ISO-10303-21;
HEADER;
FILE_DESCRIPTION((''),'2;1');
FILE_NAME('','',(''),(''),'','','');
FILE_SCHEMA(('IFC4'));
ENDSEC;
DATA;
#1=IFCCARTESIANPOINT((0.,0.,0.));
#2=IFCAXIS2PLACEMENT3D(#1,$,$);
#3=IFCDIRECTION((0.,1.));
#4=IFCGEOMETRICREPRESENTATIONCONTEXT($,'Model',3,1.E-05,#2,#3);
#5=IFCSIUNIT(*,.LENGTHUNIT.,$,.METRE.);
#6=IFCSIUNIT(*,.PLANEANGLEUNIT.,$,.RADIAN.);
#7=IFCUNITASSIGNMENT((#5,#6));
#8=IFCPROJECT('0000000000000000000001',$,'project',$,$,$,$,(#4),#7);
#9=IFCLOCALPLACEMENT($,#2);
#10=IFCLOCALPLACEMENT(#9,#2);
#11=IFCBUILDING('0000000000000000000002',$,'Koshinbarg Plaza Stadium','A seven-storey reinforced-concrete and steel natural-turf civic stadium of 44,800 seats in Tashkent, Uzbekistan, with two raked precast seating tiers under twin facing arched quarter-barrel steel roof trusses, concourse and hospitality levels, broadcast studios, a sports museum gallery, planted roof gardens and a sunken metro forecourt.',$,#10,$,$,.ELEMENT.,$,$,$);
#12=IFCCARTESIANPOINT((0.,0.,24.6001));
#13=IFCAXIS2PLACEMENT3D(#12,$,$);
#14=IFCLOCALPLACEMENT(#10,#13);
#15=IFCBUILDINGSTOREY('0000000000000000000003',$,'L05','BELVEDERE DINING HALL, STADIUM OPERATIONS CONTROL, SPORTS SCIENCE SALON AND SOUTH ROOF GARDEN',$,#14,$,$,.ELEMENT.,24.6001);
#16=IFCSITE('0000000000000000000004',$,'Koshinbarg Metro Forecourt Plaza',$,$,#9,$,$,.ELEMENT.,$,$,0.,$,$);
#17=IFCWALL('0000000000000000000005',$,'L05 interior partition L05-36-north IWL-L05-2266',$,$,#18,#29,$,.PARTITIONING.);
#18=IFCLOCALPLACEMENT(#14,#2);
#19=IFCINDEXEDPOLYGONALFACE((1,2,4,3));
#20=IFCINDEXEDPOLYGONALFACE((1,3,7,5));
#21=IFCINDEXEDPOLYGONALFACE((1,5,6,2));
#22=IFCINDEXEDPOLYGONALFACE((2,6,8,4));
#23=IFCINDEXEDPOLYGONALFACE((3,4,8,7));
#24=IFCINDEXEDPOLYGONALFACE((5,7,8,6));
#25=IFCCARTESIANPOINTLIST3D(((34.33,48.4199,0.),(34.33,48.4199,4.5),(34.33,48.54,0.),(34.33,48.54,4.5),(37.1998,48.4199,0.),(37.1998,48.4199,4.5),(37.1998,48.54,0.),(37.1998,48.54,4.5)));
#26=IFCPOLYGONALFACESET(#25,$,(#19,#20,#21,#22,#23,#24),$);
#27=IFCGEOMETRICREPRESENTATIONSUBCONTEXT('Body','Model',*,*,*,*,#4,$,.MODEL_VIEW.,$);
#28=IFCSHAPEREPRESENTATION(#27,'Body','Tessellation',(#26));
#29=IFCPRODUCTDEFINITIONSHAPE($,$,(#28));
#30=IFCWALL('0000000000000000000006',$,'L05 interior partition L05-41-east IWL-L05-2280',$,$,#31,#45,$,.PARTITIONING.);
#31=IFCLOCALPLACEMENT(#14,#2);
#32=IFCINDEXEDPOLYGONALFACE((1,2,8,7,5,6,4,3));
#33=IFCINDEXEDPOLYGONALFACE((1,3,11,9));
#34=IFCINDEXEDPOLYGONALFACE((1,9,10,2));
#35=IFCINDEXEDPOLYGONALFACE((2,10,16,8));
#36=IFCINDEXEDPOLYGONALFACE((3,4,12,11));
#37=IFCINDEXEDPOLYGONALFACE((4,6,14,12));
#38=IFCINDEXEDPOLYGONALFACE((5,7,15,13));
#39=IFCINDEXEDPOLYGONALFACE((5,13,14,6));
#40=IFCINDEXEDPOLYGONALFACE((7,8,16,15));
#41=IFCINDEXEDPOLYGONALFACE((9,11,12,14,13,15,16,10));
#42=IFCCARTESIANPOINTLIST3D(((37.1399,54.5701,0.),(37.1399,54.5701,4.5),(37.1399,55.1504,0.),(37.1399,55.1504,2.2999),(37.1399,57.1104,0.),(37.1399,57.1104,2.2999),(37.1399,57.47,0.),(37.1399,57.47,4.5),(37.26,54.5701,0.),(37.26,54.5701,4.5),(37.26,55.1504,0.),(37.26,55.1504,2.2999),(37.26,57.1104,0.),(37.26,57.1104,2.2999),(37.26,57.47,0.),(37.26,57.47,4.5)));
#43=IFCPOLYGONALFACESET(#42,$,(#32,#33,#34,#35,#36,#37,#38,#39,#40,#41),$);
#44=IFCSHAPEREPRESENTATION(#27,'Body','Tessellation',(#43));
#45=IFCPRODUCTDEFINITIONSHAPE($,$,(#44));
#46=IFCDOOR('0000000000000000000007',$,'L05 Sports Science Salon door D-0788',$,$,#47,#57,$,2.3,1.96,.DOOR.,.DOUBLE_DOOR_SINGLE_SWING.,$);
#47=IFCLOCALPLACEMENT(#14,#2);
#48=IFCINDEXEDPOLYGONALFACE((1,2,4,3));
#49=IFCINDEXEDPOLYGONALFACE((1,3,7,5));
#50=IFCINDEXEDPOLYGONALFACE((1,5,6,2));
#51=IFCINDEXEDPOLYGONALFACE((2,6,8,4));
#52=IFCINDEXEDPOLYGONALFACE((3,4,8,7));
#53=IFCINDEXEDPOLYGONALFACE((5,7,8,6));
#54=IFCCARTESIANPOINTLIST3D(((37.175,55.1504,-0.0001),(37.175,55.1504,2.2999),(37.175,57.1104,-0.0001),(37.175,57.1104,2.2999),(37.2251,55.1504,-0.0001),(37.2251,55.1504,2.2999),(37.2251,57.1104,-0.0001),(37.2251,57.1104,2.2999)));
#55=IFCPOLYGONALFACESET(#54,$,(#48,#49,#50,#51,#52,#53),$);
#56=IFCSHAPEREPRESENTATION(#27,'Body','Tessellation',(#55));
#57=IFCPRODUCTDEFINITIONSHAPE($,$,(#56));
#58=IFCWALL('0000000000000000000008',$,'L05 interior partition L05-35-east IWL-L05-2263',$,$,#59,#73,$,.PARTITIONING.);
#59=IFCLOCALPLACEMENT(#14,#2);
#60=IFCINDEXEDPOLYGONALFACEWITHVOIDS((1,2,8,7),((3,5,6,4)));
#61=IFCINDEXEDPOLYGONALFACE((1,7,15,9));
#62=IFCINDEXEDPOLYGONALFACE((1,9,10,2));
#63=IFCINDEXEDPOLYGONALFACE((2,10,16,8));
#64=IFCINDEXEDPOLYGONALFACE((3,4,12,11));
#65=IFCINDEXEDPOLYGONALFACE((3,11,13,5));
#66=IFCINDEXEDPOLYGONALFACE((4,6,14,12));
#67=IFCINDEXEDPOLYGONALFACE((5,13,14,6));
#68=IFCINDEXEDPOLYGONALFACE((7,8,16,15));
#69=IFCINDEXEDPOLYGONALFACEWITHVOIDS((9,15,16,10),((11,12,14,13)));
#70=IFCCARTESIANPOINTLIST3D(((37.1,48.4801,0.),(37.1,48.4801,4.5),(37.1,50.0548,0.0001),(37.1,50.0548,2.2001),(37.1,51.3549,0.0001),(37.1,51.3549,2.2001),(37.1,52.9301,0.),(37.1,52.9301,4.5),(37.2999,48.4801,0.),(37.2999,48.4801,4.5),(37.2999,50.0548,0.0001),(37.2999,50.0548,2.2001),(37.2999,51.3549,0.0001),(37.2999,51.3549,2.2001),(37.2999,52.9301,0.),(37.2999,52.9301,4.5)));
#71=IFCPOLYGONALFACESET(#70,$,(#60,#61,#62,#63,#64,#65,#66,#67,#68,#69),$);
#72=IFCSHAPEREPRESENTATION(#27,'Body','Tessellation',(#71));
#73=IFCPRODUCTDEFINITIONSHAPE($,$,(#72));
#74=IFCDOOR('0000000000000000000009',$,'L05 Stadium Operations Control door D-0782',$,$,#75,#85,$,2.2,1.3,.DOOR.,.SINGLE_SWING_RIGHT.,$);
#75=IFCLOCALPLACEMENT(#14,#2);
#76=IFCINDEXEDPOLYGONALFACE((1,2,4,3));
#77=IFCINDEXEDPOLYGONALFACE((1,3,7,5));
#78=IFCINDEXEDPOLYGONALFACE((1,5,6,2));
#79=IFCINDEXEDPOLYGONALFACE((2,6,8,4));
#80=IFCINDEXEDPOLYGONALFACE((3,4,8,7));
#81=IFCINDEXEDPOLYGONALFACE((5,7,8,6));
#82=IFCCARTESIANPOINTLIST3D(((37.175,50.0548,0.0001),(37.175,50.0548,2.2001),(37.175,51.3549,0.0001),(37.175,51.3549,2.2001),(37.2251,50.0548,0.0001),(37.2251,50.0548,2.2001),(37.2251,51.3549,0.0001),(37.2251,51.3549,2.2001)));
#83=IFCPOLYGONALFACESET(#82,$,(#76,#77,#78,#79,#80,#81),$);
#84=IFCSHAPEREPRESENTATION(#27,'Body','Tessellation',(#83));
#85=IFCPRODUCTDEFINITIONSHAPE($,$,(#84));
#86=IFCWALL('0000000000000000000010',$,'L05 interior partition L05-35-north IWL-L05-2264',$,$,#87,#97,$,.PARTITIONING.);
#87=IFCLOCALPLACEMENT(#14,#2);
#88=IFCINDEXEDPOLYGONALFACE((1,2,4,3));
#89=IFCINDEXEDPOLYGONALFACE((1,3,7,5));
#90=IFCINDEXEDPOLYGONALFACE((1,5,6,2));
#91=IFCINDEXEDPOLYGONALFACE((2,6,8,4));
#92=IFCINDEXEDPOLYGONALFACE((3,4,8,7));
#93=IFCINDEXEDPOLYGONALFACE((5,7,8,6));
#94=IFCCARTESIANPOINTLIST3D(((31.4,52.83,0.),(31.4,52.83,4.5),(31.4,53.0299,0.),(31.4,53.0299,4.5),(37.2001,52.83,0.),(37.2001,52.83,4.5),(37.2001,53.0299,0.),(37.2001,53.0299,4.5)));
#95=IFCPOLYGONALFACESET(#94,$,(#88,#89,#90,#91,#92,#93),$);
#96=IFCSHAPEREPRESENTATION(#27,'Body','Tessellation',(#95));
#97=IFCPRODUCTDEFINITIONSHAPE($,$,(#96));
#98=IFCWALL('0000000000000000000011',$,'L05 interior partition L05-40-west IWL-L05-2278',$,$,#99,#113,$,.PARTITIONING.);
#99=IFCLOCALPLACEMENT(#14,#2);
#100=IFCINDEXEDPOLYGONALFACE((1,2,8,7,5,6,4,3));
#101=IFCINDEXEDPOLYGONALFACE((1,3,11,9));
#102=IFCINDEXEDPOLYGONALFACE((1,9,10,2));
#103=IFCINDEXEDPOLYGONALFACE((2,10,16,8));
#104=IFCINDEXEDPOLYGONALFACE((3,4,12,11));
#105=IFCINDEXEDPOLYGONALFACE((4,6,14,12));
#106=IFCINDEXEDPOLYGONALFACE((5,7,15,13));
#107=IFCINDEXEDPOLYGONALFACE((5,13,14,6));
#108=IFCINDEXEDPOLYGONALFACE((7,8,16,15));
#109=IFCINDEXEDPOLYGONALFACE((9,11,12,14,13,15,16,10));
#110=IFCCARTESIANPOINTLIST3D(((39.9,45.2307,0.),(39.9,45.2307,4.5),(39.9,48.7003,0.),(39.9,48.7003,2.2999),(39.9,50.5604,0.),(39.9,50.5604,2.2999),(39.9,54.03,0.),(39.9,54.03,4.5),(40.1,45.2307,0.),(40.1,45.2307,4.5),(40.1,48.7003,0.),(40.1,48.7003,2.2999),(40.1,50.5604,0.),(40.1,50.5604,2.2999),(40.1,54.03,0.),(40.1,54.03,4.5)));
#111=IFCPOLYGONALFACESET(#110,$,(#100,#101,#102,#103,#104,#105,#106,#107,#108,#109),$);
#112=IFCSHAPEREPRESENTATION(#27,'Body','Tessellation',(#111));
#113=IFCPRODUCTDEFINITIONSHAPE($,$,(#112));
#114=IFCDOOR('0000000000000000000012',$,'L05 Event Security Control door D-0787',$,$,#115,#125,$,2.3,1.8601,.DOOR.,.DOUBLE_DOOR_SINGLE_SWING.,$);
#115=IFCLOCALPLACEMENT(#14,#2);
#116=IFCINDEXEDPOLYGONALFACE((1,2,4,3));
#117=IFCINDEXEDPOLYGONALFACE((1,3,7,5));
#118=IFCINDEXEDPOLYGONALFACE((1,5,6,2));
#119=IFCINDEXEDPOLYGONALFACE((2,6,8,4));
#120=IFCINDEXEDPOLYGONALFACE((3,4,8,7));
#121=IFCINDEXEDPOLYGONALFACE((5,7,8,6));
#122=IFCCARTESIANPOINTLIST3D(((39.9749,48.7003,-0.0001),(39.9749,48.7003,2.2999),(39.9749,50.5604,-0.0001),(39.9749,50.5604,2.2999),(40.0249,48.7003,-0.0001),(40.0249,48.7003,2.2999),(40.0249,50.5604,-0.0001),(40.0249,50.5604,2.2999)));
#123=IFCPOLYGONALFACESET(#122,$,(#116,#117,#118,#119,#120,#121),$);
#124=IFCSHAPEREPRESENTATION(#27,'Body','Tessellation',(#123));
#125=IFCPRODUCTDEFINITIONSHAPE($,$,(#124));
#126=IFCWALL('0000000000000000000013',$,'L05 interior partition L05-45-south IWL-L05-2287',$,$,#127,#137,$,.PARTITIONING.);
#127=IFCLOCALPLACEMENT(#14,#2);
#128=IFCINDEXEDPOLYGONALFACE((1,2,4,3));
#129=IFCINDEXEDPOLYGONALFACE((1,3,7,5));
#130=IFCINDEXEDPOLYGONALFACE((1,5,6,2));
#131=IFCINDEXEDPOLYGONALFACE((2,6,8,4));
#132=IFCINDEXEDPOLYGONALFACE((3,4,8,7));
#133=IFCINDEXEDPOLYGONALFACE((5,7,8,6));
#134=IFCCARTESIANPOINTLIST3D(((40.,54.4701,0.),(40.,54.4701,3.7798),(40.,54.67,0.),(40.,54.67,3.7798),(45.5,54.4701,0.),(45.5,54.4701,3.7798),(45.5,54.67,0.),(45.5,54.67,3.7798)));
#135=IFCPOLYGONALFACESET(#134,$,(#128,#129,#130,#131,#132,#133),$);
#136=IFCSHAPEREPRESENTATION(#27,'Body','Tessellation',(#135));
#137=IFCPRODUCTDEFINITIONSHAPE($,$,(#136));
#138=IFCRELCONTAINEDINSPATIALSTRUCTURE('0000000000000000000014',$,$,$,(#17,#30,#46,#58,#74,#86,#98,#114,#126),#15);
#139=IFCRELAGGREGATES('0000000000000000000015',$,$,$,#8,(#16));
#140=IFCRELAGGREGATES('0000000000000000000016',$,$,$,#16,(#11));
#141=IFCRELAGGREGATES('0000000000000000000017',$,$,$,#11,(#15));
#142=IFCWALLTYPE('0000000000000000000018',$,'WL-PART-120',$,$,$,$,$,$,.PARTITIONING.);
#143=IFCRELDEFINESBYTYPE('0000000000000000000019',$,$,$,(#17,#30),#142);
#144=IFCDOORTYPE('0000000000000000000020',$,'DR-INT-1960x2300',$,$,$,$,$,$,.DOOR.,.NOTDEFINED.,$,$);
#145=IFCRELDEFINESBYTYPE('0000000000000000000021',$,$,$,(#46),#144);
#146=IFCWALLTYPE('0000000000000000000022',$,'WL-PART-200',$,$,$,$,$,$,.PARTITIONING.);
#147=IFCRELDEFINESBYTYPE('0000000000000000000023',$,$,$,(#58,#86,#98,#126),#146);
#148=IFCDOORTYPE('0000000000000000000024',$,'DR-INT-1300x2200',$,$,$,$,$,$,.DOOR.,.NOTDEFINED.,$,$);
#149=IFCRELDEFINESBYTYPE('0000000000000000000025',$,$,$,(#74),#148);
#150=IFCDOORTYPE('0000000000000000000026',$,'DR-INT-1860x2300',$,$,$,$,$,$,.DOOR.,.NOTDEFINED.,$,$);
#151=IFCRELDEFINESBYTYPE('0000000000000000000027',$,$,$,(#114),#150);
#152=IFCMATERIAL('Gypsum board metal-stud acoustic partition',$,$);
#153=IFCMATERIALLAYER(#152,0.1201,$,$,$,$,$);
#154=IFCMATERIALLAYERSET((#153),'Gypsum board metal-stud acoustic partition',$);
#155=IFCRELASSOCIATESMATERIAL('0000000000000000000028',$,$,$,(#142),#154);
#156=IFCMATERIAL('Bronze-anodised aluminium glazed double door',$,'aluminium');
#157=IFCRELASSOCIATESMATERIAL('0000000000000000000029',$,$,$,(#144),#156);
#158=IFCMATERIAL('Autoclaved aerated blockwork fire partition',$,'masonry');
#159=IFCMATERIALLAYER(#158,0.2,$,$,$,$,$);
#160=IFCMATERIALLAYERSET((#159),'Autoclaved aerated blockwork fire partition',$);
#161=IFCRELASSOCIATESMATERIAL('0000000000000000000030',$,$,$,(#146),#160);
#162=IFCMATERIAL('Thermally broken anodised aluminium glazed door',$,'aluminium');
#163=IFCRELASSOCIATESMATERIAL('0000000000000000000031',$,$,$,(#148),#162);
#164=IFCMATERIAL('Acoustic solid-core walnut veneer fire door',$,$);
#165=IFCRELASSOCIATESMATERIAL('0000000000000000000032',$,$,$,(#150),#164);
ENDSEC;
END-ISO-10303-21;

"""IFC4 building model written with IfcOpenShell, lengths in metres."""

from ifc_helpers import new_model, si_unit, direction, frame, frame_2d, origin, place, context, subcontext, project, spatial, rectangle, extrude, material, layer, layer_set, type_object, element, fill, save


model = new_model("IFC4")

# Units and contexts
model_context = context("Model", 3, precision=1e-05, world=origin(), true_north=direction((0.0, 1.0)))
body_context = subcontext(model_context, "Body", "Model", "MODEL_VIEW")
ifc_project = project(units=[si_unit("LENGTHUNIT", "METRE"), si_unit("PLANEANGLEUNIT", "RADIAN")], contexts=[model_context])

# Site, building, storey
site_placement = place(None, origin())
site = spatial("IfcSite", under=ifc_project, at=site_placement, Name="Koshinbarg Metro Forecourt Plaza", CompositionType="ELEMENT", RefElevation=0.0)
building_placement = place(site_placement, origin())
building = spatial("IfcBuilding", under=site, at=building_placement, Name="Koshinbarg Plaza Stadium", Description="A seven-storey reinforced-concrete and steel natural-turf civic stadium of 44,800 seats in Tashkent, Uzbekistan, with two raked precast seating tiers under twin facing arched quarter-barrel steel roof trusses, concourse and hospitality levels, broadcast studios, a sports museum gallery, planted roof gardens and a sunken metro forecourt.", CompositionType="ELEMENT")
storey_placement = place(building_placement, frame((0.0, 0.0, 24.6001)))
storey = spatial("IfcBuildingStorey", under=building, at=storey_placement, Name="L05", Description="BELVEDERE DINING HALL, STADIUM OPERATIONS CONTROL, SPORTS SCIENCE SALON AND SOUTH ROOF GARDEN", CompositionType="ELEMENT", Elevation=24.6001)

# Wall
ifc_material_1 = material(Name="Gypsum board metal-stud acoustic partition")
ifc_layer_1 = layer(ifc_material_1, 0.1201)
ifc_layer_set_1 = layer_set([ifc_layer_1], Name="Gypsum board metal-stud acoustic partition")
wall_type_1 = type_object("IfcWallType", Name="WL-PART-120", PredefinedType="PARTITIONING", material=ifc_layer_set_1)
wall_1_placement = place(storey_placement, frame((37.2, 48.48, 0.0), z_axis=(0.0, 0.0, 1.0), x_axis=(-1.0, 0.0, 0.0)))
element("IfcWall", 1, at=wall_1_placement, inside=storey, type_object=wall_type_1, Name="L05 interior partition L05-36-north IWL-L05-2266", PredefinedType="PARTITIONING", context=body_context, shape_type="SweptSolid", body=[
    extrude(rectangle(XDim=2.8699, YDim=0.1201, at=frame_2d((1.4351, 0.0))), origin(), (0.0, 0.0, 1.0), 4.5),
])

# Walls, openings, doors
wall_2_placement = place(storey_placement, frame((37.2, 54.5701, 0.0), z_axis=(0.0, 0.0, 1.0), x_axis=(0.0, 1.0, 0.0)))
wall_2 = element("IfcWall", 2, at=wall_2_placement, inside=storey, type_object=wall_type_1, Name="L05 interior partition L05-41-east IWL-L05-2280", PredefinedType="PARTITIONING", context=body_context, shape_type="SweptSolid", body=[
    extrude(rectangle(XDim=2.8999, YDim=0.1201, at=frame_2d((1.45, 0.0))), origin(), (0.0, 0.0, 1.0), 4.5),
])
opening_1_placement = place(wall_2_placement, frame((0.5803, 0.0, 0.0)))
opening_1 = element("IfcOpeningElement", 3, at=opening_1_placement, cuts=wall_2, PredefinedType="OPENING", context=body_context, shape_type="SweptSolid", body=[
    extrude(rectangle(XDim=1.96, YDim=2.3, at=frame_2d((0.98, 1.1499))), frame((0.0, 0.0701, 0.0), z_axis=(0.0, -1.0, 0.0), x_axis=(1.0, 0.0, 0.0)), (0.0, 0.0, 1.0), 0.1401),
])
ifc_material_2 = material(Name="Bronze-anodised aluminium glazed double door", Category="aluminium")
door_type_1 = type_object("IfcDoorType", Name="DR-INT-1960x2300", OperationType="NOTDEFINED", PredefinedType="DOOR", material=ifc_material_2)
door_1_placement = place(opening_1_placement, origin())
door_1 = element("IfcDoor", 4, at=door_1_placement, inside=storey, type_object=door_type_1, Name="L05 Sports Science Salon door D-0788", OperationType="DOUBLE_DOOR_SINGLE_SWING", OverallHeight=2.3, OverallWidth=1.96, PredefinedType="DOOR", context=body_context, shape_type="SweptSolid", body=[
    extrude(rectangle(XDim=1.96, YDim=2.3, at=frame_2d((0.98, 1.1499))), frame((0.0, 0.0249, 0.0), z_axis=(0.0, -1.0, 0.0), x_axis=(1.0, 0.0, 0.0)), (0.0, 0.0, 1.0), 0.05),
])
fill(opening_1, door_1)
ifc_material_3 = material(Name="Autoclaved aerated blockwork fire partition", Category="masonry")
ifc_layer_2 = layer(ifc_material_3, 0.2)
ifc_layer_set_2 = layer_set([ifc_layer_2], Name="Autoclaved aerated blockwork fire partition")
wall_type_2 = type_object("IfcWallType", Name="WL-PART-200", PredefinedType="PARTITIONING", material=ifc_layer_set_2)
wall_3_placement = place(storey_placement, frame((37.2, 48.48, 0.0), z_axis=(0.0, 0.0, 1.0), x_axis=(0.0, 1.0, 0.0)))
wall_3 = element("IfcWall", 5, at=wall_3_placement, inside=storey, type_object=wall_type_2, Name="L05 interior partition L05-35-east IWL-L05-2263", PredefinedType="PARTITIONING", context=body_context, shape_type="SweptSolid", body=[
    extrude(rectangle(XDim=4.45, YDim=0.2, at=frame_2d((2.2251, 0.0))), origin(), (0.0, 0.0, 1.0), 4.5),
])
opening_2_placement = place(wall_3_placement, frame((1.575, 0.0, 0.0)))
opening_2 = element("IfcOpeningElement", 6, at=opening_2_placement, cuts=wall_3, PredefinedType="OPENING", context=body_context, shape_type="SweptSolid", body=[
    extrude(rectangle(XDim=1.3, YDim=2.2, at=frame_2d((0.6499, 1.1001))), frame((0.0, 0.1099, 0.0), z_axis=(0.0, -1.0, 0.0), x_axis=(1.0, 0.0, 0.0)), (0.0, 0.0, 1.0), 0.22),
])
ifc_material_4 = material(Name="Thermally broken anodised aluminium glazed door", Category="aluminium")
door_type_2 = type_object("IfcDoorType", Name="DR-INT-1300x2200", OperationType="NOTDEFINED", PredefinedType="DOOR", material=ifc_material_4)
door_2_placement = place(opening_2_placement, origin())
door_2 = element("IfcDoor", 7, at=door_2_placement, inside=storey, type_object=door_type_2, Name="L05 Stadium Operations Control door D-0782", OperationType="SINGLE_SWING_RIGHT", OverallHeight=2.2, OverallWidth=1.3, PredefinedType="DOOR", context=body_context, shape_type="SweptSolid", body=[
    extrude(rectangle(XDim=1.3, YDim=2.2, at=frame_2d((0.6499, 1.1001))), frame((0.0, 0.0249, 0.0), z_axis=(0.0, -1.0, 0.0), x_axis=(1.0, 0.0, 0.0)), (0.0, 0.0, 1.0), 0.05),
])
fill(opening_2, door_2)

# Wall
wall_4_placement = place(storey_placement, frame((37.2, 52.9299, 0.0), z_axis=(0.0, 0.0, 1.0), x_axis=(-1.0, 0.0, 0.0)))
element("IfcWall", 8, at=wall_4_placement, inside=storey, type_object=wall_type_2, Name="L05 interior partition L05-35-north IWL-L05-2264", PredefinedType="PARTITIONING", context=body_context, shape_type="SweptSolid", body=[
    extrude(rectangle(XDim=5.8, YDim=0.2, at=frame_2d((2.8999, 0.0))), origin(), (0.0, 0.0, 1.0), 4.5),
])

# Wall, opening, door
wall_5_placement = place(storey_placement, frame((40.0, 54.03, 0.0), z_axis=(0.0, 0.0, 1.0), x_axis=(0.0, -1.0, 0.0)))
wall_5 = element("IfcWall", 9, at=wall_5_placement, inside=storey, type_object=wall_type_2, Name="L05 interior partition L05-40-west IWL-L05-2278", PredefinedType="PARTITIONING", context=body_context, shape_type="SweptSolid", body=[
    extrude(rectangle(XDim=8.7993, YDim=0.2, at=frame_2d((4.3997, 0.0))), origin(), (0.0, 0.0, 1.0), 4.5),
])
opening_3_placement = place(wall_5_placement, frame((3.4695, 0.0, 0.0)))
opening_3 = element("IfcOpeningElement", 10, at=opening_3_placement, cuts=wall_5, PredefinedType="OPENING", context=body_context, shape_type="SweptSolid", body=[
    extrude(rectangle(XDim=1.8601, YDim=2.3, at=frame_2d((0.9302, 1.1499))), frame((0.0, 0.1099, 0.0), z_axis=(0.0, -1.0, 0.0), x_axis=(1.0, 0.0, 0.0)), (0.0, 0.0, 1.0), 0.22),
])
ifc_material_5 = material(Name="Acoustic solid-core walnut veneer fire door")
door_type_3 = type_object("IfcDoorType", Name="DR-INT-1860x2300", OperationType="NOTDEFINED", PredefinedType="DOOR", material=ifc_material_5)
door_3_placement = place(opening_3_placement, origin())
door_3 = element("IfcDoor", 11, at=door_3_placement, inside=storey, type_object=door_type_3, Name="L05 Event Security Control door D-0787", OperationType="DOUBLE_DOOR_SINGLE_SWING", OverallHeight=2.3, OverallWidth=1.8601, PredefinedType="DOOR", context=body_context, shape_type="SweptSolid", body=[
    extrude(rectangle(XDim=1.8601, YDim=2.3, at=frame_2d((0.9302, 1.1499))), frame((0.0, 0.0249, 0.0), z_axis=(0.0, -1.0, 0.0), x_axis=(1.0, 0.0, 0.0)), (0.0, 0.0, 1.0), 0.05),
])
fill(opening_3, door_3)

# Wall
wall_6_placement = place(storey_placement, frame((40.0, 54.5701, 0.0), z_axis=(0.0, 0.0, 1.0), x_axis=(1.0, 0.0, 0.0)))
element("IfcWall", 12, at=wall_6_placement, inside=storey, type_object=wall_type_2, Name="L05 interior partition L05-45-south IWL-L05-2287", PredefinedType="PARTITIONING", context=body_context, shape_type="SweptSolid", body=[
    extrude(rectangle(XDim=5.5, YDim=0.2, at=frame_2d((2.75, 0.0))), origin(), (0.0, 0.0, 1.0), 3.7798),
])

save(model, "model.ifc")
